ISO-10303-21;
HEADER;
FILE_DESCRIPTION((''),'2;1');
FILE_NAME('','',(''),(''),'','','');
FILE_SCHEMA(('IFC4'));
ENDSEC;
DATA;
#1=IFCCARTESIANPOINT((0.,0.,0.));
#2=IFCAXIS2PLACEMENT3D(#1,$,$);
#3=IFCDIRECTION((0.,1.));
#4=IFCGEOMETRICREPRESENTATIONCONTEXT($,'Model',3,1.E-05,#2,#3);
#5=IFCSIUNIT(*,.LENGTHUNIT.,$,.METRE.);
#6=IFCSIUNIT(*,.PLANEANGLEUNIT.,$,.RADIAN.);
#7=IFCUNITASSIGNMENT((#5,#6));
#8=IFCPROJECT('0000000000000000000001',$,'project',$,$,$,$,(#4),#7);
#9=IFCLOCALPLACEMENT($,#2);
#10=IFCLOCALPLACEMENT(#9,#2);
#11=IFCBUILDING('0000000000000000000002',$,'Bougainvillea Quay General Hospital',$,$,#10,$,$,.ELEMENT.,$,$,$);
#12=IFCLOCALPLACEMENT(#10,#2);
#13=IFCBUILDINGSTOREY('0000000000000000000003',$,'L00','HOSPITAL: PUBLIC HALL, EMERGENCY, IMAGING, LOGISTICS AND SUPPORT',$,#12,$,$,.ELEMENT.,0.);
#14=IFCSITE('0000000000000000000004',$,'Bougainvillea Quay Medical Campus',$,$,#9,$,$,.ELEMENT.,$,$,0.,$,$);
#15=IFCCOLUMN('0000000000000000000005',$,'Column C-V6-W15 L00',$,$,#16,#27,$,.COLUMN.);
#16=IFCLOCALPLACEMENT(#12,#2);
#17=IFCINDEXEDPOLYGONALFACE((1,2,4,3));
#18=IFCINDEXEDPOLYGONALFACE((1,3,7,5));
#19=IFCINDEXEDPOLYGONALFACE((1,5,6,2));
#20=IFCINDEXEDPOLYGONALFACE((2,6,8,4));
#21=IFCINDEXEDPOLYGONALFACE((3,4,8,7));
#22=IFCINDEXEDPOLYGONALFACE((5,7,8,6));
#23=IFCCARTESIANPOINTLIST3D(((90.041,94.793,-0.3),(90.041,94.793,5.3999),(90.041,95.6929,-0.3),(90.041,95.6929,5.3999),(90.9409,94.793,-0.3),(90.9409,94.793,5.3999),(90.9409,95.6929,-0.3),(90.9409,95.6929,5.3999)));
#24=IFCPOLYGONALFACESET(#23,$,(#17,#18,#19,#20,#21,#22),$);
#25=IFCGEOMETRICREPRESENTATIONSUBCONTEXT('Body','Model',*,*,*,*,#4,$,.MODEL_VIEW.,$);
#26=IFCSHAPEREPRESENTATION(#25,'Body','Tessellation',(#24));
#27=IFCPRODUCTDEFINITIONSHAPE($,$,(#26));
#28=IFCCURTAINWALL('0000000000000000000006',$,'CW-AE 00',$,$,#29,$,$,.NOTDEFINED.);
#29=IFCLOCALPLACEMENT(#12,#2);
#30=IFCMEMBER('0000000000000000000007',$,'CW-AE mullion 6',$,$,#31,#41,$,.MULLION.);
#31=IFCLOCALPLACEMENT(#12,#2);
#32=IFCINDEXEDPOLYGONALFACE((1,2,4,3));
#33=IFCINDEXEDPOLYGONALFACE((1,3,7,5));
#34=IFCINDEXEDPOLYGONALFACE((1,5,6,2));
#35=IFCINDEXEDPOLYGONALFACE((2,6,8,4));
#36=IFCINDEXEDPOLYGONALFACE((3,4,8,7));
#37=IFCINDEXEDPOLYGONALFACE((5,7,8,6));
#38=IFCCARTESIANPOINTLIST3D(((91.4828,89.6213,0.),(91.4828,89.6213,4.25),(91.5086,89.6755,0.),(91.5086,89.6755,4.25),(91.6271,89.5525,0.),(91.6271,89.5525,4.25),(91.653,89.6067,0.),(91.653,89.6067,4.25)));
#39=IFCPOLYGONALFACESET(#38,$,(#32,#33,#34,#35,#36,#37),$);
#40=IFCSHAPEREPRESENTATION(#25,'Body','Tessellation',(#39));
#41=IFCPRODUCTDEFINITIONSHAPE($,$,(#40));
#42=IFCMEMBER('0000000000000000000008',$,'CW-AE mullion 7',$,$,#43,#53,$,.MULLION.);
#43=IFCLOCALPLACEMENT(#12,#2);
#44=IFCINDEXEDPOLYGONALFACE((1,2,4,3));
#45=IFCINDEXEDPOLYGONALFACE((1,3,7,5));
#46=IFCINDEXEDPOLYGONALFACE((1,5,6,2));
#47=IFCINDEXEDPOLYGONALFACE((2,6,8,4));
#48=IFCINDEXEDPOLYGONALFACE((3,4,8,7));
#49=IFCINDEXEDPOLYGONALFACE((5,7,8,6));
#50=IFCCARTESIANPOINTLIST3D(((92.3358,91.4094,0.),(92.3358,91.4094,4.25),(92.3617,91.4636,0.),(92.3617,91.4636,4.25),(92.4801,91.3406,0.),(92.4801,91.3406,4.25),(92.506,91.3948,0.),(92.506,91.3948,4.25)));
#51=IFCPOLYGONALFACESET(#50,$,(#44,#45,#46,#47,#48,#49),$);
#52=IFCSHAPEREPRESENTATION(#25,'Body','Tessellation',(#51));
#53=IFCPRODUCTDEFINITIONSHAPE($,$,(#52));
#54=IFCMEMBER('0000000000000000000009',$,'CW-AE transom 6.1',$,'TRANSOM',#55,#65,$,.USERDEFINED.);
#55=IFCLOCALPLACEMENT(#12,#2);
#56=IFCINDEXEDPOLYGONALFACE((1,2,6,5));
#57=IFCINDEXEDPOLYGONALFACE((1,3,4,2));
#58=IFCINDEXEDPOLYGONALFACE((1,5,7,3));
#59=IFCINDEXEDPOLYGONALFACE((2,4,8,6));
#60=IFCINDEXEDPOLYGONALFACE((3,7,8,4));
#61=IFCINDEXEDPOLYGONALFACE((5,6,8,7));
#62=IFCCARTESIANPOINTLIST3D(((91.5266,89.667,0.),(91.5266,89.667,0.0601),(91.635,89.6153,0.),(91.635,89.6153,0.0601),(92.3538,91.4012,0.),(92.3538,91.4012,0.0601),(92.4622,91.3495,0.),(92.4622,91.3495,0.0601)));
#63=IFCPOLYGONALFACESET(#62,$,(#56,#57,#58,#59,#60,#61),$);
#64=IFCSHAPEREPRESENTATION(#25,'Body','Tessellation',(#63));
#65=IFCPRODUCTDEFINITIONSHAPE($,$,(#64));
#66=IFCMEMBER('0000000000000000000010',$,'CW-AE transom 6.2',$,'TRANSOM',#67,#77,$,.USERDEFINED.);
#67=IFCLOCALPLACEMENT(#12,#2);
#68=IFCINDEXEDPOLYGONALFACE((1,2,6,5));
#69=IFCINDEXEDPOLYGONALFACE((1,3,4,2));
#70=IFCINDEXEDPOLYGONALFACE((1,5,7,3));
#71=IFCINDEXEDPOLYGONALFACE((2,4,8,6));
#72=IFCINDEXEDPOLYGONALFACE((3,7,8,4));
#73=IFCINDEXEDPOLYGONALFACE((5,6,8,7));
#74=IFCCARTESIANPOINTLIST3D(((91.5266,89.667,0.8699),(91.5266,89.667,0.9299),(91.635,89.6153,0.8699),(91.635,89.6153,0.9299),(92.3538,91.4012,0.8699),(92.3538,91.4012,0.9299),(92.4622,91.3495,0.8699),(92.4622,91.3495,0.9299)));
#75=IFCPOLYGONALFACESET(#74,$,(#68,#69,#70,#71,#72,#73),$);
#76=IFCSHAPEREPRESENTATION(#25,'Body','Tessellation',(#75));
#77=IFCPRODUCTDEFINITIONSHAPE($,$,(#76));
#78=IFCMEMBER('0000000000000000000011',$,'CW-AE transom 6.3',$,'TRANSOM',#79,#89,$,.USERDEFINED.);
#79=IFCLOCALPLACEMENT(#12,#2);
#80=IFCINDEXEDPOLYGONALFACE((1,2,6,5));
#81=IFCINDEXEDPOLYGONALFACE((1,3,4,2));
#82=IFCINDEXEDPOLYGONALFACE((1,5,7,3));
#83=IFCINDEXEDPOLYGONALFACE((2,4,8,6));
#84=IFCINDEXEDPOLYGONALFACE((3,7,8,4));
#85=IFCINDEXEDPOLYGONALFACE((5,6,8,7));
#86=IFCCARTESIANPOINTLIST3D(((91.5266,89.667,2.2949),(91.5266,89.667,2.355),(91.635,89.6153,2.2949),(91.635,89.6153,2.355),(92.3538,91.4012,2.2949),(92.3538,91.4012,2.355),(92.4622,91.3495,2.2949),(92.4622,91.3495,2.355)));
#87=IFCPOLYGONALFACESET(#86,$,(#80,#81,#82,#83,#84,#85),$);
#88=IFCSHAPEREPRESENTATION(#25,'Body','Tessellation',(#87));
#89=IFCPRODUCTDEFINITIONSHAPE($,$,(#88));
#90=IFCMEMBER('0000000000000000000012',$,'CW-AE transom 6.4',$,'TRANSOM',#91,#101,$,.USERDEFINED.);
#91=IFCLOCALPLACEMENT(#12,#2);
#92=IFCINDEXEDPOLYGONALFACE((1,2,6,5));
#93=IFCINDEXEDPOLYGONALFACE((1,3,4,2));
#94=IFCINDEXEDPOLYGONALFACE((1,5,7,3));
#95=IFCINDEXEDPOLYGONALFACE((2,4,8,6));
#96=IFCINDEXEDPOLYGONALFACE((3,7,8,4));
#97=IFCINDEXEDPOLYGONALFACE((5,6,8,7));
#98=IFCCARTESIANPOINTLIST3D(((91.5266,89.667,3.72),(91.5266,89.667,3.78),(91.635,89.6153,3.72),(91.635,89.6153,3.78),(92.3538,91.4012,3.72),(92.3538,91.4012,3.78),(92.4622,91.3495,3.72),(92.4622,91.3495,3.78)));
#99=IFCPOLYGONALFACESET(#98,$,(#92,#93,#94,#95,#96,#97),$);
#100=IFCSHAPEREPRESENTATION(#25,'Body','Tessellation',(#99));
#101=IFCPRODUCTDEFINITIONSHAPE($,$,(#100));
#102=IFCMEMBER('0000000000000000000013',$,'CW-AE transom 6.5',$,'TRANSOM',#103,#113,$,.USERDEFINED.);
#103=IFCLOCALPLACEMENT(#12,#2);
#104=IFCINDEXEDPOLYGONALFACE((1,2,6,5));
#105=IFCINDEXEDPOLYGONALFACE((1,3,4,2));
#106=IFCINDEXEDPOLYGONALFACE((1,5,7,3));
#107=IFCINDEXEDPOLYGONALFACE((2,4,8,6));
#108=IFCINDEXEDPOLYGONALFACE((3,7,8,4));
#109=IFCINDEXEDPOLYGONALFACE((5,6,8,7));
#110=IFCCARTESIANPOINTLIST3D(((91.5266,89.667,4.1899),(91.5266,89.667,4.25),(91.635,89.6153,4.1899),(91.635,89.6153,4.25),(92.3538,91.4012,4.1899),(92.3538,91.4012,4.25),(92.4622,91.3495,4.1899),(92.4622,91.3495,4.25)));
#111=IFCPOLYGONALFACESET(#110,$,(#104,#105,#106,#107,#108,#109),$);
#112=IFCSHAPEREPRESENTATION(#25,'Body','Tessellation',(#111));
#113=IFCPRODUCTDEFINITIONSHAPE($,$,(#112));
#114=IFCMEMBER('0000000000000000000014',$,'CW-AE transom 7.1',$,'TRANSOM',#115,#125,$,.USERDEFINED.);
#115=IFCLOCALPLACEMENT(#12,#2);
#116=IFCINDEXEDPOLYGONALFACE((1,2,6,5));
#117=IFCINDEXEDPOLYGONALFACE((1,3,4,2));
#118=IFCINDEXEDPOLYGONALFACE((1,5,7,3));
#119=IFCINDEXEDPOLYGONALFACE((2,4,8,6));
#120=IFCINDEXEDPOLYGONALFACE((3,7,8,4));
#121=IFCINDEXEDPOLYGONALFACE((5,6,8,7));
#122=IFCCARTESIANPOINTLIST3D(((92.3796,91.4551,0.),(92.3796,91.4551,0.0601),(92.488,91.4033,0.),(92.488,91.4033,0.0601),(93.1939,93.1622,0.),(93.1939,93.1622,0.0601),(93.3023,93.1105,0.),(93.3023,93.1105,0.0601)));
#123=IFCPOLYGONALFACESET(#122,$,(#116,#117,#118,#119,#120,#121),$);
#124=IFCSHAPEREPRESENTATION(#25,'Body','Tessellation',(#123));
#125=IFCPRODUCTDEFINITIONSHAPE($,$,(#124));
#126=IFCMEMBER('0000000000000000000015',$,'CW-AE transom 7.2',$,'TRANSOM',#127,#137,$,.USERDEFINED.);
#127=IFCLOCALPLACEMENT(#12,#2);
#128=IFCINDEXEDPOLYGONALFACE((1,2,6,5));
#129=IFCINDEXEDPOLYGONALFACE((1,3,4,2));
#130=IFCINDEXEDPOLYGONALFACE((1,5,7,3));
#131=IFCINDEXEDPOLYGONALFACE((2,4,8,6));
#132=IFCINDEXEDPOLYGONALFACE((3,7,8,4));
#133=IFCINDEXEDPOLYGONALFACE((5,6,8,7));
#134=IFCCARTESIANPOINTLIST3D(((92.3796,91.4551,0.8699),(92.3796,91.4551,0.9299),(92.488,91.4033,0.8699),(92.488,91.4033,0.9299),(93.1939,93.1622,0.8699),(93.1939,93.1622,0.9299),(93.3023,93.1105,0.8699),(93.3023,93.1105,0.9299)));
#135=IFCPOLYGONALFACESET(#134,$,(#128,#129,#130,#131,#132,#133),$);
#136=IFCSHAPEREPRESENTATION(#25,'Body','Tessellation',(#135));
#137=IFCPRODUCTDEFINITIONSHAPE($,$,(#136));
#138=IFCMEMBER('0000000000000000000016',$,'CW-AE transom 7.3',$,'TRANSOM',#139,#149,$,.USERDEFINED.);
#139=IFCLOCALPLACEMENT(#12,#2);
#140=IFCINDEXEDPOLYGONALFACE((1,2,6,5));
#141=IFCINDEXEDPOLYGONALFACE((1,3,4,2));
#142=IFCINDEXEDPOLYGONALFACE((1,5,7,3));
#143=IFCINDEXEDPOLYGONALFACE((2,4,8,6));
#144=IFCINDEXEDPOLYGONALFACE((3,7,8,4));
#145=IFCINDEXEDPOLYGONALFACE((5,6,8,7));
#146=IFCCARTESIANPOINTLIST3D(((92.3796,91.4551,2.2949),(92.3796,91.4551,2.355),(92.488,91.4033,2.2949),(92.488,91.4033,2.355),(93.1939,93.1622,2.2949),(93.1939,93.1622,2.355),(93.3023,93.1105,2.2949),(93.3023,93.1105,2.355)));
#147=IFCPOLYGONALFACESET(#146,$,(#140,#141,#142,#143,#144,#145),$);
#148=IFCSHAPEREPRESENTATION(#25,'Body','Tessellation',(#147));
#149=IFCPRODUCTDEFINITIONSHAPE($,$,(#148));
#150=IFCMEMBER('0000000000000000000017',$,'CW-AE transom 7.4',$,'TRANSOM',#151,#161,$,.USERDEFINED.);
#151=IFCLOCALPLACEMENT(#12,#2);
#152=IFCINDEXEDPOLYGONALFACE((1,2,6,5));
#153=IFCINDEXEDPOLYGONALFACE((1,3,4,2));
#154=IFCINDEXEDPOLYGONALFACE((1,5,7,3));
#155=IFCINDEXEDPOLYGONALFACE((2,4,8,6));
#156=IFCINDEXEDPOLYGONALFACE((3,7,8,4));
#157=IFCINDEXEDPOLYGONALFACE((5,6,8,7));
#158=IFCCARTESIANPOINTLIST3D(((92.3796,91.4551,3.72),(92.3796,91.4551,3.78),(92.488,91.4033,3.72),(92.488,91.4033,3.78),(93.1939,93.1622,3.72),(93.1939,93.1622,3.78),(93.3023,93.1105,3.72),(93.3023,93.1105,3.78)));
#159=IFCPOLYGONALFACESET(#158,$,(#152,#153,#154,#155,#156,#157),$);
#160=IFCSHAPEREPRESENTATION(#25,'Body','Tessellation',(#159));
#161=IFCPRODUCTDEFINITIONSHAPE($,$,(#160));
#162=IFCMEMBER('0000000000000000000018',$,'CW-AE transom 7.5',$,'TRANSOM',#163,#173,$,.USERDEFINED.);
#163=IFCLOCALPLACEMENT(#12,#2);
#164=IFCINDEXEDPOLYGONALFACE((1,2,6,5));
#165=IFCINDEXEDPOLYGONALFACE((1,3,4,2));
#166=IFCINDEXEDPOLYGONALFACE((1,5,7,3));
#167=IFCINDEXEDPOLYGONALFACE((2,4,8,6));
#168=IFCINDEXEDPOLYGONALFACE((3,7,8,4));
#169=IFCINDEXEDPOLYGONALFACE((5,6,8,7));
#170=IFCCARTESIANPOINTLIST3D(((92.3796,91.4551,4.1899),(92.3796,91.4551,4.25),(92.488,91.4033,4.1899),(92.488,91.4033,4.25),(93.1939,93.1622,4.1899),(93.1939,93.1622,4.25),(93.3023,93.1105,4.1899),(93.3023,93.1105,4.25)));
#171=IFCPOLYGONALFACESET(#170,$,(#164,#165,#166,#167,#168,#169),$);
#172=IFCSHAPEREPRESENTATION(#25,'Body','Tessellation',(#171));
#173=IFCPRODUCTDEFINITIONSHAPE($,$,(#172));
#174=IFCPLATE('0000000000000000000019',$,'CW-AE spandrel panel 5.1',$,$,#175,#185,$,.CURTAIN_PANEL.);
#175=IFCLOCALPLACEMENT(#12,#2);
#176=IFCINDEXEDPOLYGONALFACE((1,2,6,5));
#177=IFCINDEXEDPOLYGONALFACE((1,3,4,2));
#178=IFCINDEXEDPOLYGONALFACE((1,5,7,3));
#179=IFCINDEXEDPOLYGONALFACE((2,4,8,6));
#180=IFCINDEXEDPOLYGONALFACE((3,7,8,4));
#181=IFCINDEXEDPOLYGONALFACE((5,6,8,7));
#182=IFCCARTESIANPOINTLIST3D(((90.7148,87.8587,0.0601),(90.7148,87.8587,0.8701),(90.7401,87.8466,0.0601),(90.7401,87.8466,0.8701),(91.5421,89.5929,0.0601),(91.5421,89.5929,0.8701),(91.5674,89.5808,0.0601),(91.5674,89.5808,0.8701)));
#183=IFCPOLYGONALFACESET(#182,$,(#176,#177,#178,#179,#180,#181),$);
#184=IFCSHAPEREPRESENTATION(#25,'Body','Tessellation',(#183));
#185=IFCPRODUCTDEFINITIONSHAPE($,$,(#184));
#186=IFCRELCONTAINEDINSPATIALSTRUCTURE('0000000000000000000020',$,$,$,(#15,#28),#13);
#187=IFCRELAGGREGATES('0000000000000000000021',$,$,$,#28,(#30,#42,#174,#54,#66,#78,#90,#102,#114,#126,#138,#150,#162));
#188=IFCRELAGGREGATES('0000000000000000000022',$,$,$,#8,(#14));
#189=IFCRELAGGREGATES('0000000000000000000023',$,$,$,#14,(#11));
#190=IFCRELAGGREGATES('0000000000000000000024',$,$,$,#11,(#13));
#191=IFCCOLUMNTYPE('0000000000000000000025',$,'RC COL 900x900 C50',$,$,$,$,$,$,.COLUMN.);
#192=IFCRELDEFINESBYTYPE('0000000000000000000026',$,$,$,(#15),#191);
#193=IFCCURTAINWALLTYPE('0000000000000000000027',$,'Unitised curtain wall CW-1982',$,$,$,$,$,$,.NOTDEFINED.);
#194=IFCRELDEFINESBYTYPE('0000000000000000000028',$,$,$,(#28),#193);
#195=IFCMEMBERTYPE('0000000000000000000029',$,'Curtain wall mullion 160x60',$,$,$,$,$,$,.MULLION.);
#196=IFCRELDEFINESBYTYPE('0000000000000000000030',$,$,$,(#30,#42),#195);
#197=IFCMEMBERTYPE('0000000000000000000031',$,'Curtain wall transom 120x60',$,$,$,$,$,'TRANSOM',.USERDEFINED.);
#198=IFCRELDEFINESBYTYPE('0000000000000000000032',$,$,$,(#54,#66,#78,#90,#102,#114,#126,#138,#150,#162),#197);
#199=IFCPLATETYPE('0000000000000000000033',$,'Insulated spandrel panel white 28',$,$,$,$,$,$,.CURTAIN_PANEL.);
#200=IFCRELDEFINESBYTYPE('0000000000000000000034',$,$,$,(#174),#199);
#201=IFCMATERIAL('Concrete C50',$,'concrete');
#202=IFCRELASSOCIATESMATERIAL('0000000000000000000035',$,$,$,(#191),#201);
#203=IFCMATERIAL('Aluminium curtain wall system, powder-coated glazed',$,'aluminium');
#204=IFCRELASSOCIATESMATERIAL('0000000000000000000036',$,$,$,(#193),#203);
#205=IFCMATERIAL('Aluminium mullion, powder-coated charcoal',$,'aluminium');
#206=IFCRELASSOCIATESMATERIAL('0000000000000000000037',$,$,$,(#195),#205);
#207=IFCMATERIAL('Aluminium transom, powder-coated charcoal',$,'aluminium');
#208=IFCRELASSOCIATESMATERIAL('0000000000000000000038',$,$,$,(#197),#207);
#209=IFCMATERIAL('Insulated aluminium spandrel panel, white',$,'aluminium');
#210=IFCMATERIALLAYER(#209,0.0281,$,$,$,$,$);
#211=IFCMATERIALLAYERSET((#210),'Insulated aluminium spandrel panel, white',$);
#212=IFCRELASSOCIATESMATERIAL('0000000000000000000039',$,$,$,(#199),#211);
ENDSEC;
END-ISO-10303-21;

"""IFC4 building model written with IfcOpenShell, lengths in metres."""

from ifc_helpers import new_model, si_unit, direction, frame, origin, origin_2d, place, context, subcontext, project, spatial, rectangle, extrude, material, layer, layer_set, material_profile, profile_set, type_object, element, aggregate, save


model = new_model("IFC4")

# Units and contexts
model_context = context("Model", 3, precision=1e-05, world=origin(), true_north=direction((0.0, 1.0)))
body_context = subcontext(model_context, "Body", "Model", "MODEL_VIEW")
ifc_project = project(units=[si_unit("LENGTHUNIT", "METRE"), si_unit("PLANEANGLEUNIT", "RADIAN")], contexts=[model_context])

# Site, building, storey
site_placement = place(None, origin())
site = spatial("IfcSite", under=ifc_project, at=site_placement, Name="Bougainvillea Quay Medical Campus", CompositionType="ELEMENT", RefElevation=0.0)
building_placement = place(site_placement, origin())
building = spatial("IfcBuilding", under=site, at=building_placement, Name="Bougainvillea Quay General Hospital", CompositionType="ELEMENT")
storey_placement = place(building_placement, origin())
storey = spatial("IfcBuildingStorey", under=building, at=storey_placement, Name="L00", Description="HOSPITAL: PUBLIC HALL, EMERGENCY, IMAGING, LOGISTICS AND SUPPORT", CompositionType="ELEMENT", Elevation=0.0)

# Column
ifc_material_1 = material(Name="Concrete C50", Category="concrete")
ifc_material_profile_1 = material_profile(ifc_material_1, rectangle(XDim=0.8999, YDim=0.8999, at=origin_2d()))
ifc_profile_set_1 = profile_set([ifc_material_profile_1], Name="Concrete C50")
column_type = type_object("IfcColumnType", Name="RC COL 900x900 C50", PredefinedType="COLUMN", material=ifc_profile_set_1)
column_placement = place(storey_placement, frame((90.491, 95.2429, -0.3), z_axis=(0.0, 0.0, 1.0), x_axis=(1.0, 0.0, 0.0)))
element("IfcColumn", 1, at=column_placement, inside=storey, type_object=column_type, Name="Column C-V6-W15 L00", PredefinedType="COLUMN", context=body_context, shape_type="SweptSolid", body=[
    extrude(rectangle(XDim=0.8999, YDim=0.8999, at=origin_2d()), origin(), (0.0, 0.0, 1.0), 5.7),
])

# Curtain wall, members, plate
ifc_material_2 = material(Name="Aluminium curtain wall system, powder-coated glazed", Category="aluminium")
curtain_wall_type = type_object("IfcCurtainWallType", Name="Unitised curtain wall CW-1982", PredefinedType="NOTDEFINED", material=ifc_material_2)
curtain_wall_placement = place(storey_placement, origin())
curtain_wall = element("IfcCurtainWall", 2, at=curtain_wall_placement, inside=storey, type_object=curtain_wall_type, Name="CW-AE 00", PredefinedType="NOTDEFINED")
ifc_material_3 = material(Name="Aluminium mullion, powder-coated charcoal", Category="aluminium")
ifc_material_profile_2 = material_profile(ifc_material_3, rectangle(XDim=0.1599, YDim=0.0601, at=origin_2d()))
ifc_profile_set_2 = profile_set([ifc_material_profile_2], Name="Aluminium mullion, powder-coated charcoal")
member_type_1 = type_object("IfcMemberType", Name="Curtain wall mullion 160x60", PredefinedType="MULLION", material=ifc_profile_set_2)
member_1_placement = place(storey_placement, frame((91.5679, 89.614, 0.0), z_axis=(0.0, 0.0, 1.0), x_axis=(-0.902561, 0.430563, 0.0)))
member_1 = element("IfcMember", 3, at=member_1_placement, type_object=member_type_1, Name="CW-AE mullion 6", PredefinedType="MULLION", context=body_context, shape_type="SweptSolid", body=[
    extrude(rectangle(XDim=0.1599, YDim=0.0601, at=origin_2d()), origin(), (0.0, 0.0, 1.0), 4.25),
])
member_2_placement = place(storey_placement, frame((92.4209, 91.4021, 0.0), z_axis=(0.0, 0.0, 1.0), x_axis=(-0.902561, 0.430563, 0.0)))
member_2 = element("IfcMember", 4, at=member_2_placement, type_object=member_type_1, Name="CW-AE mullion 7", PredefinedType="MULLION", context=body_context, shape_type="SweptSolid", body=[
    extrude(rectangle(XDim=0.1599, YDim=0.0601, at=origin_2d()), origin(), (0.0, 0.0, 1.0), 4.25),
])
ifc_material_4 = material(Name="Aluminium transom, powder-coated charcoal", Category="aluminium")
ifc_material_profile_3 = material_profile(ifc_material_4, rectangle(XDim=0.1201, YDim=0.0601, at=origin_2d()))
ifc_profile_set_3 = profile_set([ifc_material_profile_3], Name="Aluminium transom, powder-coated charcoal")
member_type_2 = type_object("IfcMemberType", Name="Curtain wall transom 120x60", ElementType="TRANSOM", PredefinedType="USERDEFINED", material=ifc_profile_set_3)
member_3_placement = place(storey_placement, frame((91.5808, 89.6411, 0.03), z_axis=(0.430516, 0.902583, 0.0), x_axis=(-0.902583, 0.430516, 0.0)))
member_3 = element("IfcMember", 5, at=member_3_placement, type_object=member_type_2, Name="CW-AE transom 6.1", ObjectType="TRANSOM", PredefinedType="USERDEFINED", context=body_context, shape_type="SweptSolid", body=[
    extrude(rectangle(XDim=0.1201, YDim=0.0601, at=origin_2d()), origin(), (0.0, 0.0, 1.0), 1.9214),
])
member_4_placement = place(storey_placement, frame((91.5808, 89.6411, 0.8999), z_axis=(0.430516, 0.902583, 0.0), x_axis=(-0.902583, 0.430516, 0.0)))
member_4 = element("IfcMember", 6, at=member_4_placement, type_object=member_type_2, Name="CW-AE transom 6.2", ObjectType="TRANSOM", PredefinedType="USERDEFINED", context=body_context, shape_type="SweptSolid", body=[
    extrude(rectangle(XDim=0.1201, YDim=0.0601, at=origin_2d()), origin(), (0.0, 0.0, 1.0), 1.9214),
])
member_5_placement = place(storey_placement, frame((91.5808, 89.6411, 2.325), z_axis=(0.430516, 0.902583, 0.0), x_axis=(-0.902583, 0.430516, 0.0)))
member_5 = element("IfcMember", 7, at=member_5_placement, type_object=member_type_2, Name="CW-AE transom 6.3", ObjectType="TRANSOM", PredefinedType="USERDEFINED", context=body_context, shape_type="SweptSolid", body=[
    extrude(rectangle(XDim=0.1201, YDim=0.0601, at=origin_2d()), origin(), (0.0, 0.0, 1.0), 1.9214),
])
member_6_placement = place(storey_placement, frame((91.5808, 89.6411, 3.75), z_axis=(0.430516, 0.902583, 0.0), x_axis=(-0.902583, 0.430516, 0.0)))
member_6 = element("IfcMember", 8, at=member_6_placement, type_object=member_type_2, Name="CW-AE transom 6.4", ObjectType="TRANSOM", PredefinedType="USERDEFINED", context=body_context, shape_type="SweptSolid", body=[
    extrude(rectangle(XDim=0.1201, YDim=0.0601, at=origin_2d()), origin(), (0.0, 0.0, 1.0), 1.9214),
])
member_7_placement = place(storey_placement, frame((91.5808, 89.6411, 4.22), z_axis=(0.430516, 0.902583, 0.0), x_axis=(-0.902583, 0.430516, 0.0)))
member_7 = element("IfcMember", 9, at=member_7_placement, type_object=member_type_2, Name="CW-AE transom 6.5", ObjectType="TRANSOM", PredefinedType="USERDEFINED", context=body_context, shape_type="SweptSolid", body=[
    extrude(rectangle(XDim=0.1201, YDim=0.0601, at=origin_2d()), origin(), (0.0, 0.0, 1.0), 1.9214),
])
member_8_placement = place(storey_placement, frame((92.4338, 91.4292, 0.03), z_axis=(0.43051, 0.902586, 0.0), x_axis=(-0.902586, 0.43051, 0.0)))
member_8 = element("IfcMember", 10, at=member_8_placement, type_object=member_type_2, Name="CW-AE transom 7.1", ObjectType="TRANSOM", PredefinedType="USERDEFINED", context=body_context, shape_type="SweptSolid", body=[
    extrude(rectangle(XDim=0.1201, YDim=0.0601, at=origin_2d()), origin(), (0.0, 0.0, 1.0), 1.8914),
])
member_9_placement = place(storey_placement, frame((92.4338, 91.4292, 0.8999), z_axis=(0.43051, 0.902586, 0.0), x_axis=(-0.902586, 0.43051, 0.0)))
member_9 = element("IfcMember", 11, at=member_9_placement, type_object=member_type_2, Name="CW-AE transom 7.2", ObjectType="TRANSOM", PredefinedType="USERDEFINED", context=body_context, shape_type="SweptSolid", body=[
    extrude(rectangle(XDim=0.1201, YDim=0.0601, at=origin_2d()), origin(), (0.0, 0.0, 1.0), 1.8914),
])
member_10_placement = place(storey_placement, frame((92.4338, 91.4292, 2.325), z_axis=(0.43051, 0.902586, 0.0), x_axis=(-0.902586, 0.43051, 0.0)))
member_10 = element("IfcMember", 12, at=member_10_placement, type_object=member_type_2, Name="CW-AE transom 7.3", ObjectType="TRANSOM", PredefinedType="USERDEFINED", context=body_context, shape_type="SweptSolid", body=[
    extrude(rectangle(XDim=0.1201, YDim=0.0601, at=origin_2d()), origin(), (0.0, 0.0, 1.0), 1.8914),
])
member_11_placement = place(storey_placement, frame((92.4338, 91.4292, 3.75), z_axis=(0.43051, 0.902586, 0.0), x_axis=(-0.902586, 0.43051, 0.0)))
member_11 = element("IfcMember", 13, at=member_11_placement, type_object=member_type_2, Name="CW-AE transom 7.4", ObjectType="TRANSOM", PredefinedType="USERDEFINED", context=body_context, shape_type="SweptSolid", body=[
    extrude(rectangle(XDim=0.1201, YDim=0.0601, at=origin_2d()), origin(), (0.0, 0.0, 1.0), 1.8914),
])
member_12_placement = place(storey_placement, frame((92.4338, 91.4292, 4.22), z_axis=(0.43051, 0.902586, 0.0), x_axis=(-0.902586, 0.43051, 0.0)))
member_12 = element("IfcMember", 14, at=member_12_placement, type_object=member_type_2, Name="CW-AE transom 7.5", ObjectType="TRANSOM", PredefinedType="USERDEFINED", context=body_context, shape_type="SweptSolid", body=[
    extrude(rectangle(XDim=0.1201, YDim=0.0601, at=origin_2d()), origin(), (0.0, 0.0, 1.0), 1.8914),
])
ifc_material_5 = material(Name="Insulated aluminium spandrel panel, white", Category="aluminium")
ifc_layer_1 = layer(ifc_material_5, 0.0281)
ifc_layer_set_1 = layer_set([ifc_layer_1], Name="Insulated aluminium spandrel panel, white")
plate_type_1 = type_object("IfcPlateType", Name="Insulated spandrel panel white 28", PredefinedType="CURTAIN_PANEL", material=ifc_layer_set_1)
plate_1_placement = place(storey_placement, frame((91.1411, 88.7197, 0.0601), z_axis=(0.0, 0.0, 1.0), x_axis=(0.430563, 0.902561, 0.0)))
plate_1 = element("IfcPlate", 15, at=plate_1_placement, type_object=plate_type_1, Name="CW-AE spandrel panel 5.1", PredefinedType="CURTAIN_PANEL", context=body_context, shape_type="SweptSolid", body=[
    extrude(rectangle(XDim=1.9214, YDim=0.0281, at=origin_2d()), origin(), (0.0, 0.0, 1.0), 0.8101),
])
aggregate(curtain_wall, [member_1, member_2, plate_1, member_3, member_4, member_5, member_6, member_7, member_8, member_9, member_10, member_11, member_12])

save(model, "model.ifc")
